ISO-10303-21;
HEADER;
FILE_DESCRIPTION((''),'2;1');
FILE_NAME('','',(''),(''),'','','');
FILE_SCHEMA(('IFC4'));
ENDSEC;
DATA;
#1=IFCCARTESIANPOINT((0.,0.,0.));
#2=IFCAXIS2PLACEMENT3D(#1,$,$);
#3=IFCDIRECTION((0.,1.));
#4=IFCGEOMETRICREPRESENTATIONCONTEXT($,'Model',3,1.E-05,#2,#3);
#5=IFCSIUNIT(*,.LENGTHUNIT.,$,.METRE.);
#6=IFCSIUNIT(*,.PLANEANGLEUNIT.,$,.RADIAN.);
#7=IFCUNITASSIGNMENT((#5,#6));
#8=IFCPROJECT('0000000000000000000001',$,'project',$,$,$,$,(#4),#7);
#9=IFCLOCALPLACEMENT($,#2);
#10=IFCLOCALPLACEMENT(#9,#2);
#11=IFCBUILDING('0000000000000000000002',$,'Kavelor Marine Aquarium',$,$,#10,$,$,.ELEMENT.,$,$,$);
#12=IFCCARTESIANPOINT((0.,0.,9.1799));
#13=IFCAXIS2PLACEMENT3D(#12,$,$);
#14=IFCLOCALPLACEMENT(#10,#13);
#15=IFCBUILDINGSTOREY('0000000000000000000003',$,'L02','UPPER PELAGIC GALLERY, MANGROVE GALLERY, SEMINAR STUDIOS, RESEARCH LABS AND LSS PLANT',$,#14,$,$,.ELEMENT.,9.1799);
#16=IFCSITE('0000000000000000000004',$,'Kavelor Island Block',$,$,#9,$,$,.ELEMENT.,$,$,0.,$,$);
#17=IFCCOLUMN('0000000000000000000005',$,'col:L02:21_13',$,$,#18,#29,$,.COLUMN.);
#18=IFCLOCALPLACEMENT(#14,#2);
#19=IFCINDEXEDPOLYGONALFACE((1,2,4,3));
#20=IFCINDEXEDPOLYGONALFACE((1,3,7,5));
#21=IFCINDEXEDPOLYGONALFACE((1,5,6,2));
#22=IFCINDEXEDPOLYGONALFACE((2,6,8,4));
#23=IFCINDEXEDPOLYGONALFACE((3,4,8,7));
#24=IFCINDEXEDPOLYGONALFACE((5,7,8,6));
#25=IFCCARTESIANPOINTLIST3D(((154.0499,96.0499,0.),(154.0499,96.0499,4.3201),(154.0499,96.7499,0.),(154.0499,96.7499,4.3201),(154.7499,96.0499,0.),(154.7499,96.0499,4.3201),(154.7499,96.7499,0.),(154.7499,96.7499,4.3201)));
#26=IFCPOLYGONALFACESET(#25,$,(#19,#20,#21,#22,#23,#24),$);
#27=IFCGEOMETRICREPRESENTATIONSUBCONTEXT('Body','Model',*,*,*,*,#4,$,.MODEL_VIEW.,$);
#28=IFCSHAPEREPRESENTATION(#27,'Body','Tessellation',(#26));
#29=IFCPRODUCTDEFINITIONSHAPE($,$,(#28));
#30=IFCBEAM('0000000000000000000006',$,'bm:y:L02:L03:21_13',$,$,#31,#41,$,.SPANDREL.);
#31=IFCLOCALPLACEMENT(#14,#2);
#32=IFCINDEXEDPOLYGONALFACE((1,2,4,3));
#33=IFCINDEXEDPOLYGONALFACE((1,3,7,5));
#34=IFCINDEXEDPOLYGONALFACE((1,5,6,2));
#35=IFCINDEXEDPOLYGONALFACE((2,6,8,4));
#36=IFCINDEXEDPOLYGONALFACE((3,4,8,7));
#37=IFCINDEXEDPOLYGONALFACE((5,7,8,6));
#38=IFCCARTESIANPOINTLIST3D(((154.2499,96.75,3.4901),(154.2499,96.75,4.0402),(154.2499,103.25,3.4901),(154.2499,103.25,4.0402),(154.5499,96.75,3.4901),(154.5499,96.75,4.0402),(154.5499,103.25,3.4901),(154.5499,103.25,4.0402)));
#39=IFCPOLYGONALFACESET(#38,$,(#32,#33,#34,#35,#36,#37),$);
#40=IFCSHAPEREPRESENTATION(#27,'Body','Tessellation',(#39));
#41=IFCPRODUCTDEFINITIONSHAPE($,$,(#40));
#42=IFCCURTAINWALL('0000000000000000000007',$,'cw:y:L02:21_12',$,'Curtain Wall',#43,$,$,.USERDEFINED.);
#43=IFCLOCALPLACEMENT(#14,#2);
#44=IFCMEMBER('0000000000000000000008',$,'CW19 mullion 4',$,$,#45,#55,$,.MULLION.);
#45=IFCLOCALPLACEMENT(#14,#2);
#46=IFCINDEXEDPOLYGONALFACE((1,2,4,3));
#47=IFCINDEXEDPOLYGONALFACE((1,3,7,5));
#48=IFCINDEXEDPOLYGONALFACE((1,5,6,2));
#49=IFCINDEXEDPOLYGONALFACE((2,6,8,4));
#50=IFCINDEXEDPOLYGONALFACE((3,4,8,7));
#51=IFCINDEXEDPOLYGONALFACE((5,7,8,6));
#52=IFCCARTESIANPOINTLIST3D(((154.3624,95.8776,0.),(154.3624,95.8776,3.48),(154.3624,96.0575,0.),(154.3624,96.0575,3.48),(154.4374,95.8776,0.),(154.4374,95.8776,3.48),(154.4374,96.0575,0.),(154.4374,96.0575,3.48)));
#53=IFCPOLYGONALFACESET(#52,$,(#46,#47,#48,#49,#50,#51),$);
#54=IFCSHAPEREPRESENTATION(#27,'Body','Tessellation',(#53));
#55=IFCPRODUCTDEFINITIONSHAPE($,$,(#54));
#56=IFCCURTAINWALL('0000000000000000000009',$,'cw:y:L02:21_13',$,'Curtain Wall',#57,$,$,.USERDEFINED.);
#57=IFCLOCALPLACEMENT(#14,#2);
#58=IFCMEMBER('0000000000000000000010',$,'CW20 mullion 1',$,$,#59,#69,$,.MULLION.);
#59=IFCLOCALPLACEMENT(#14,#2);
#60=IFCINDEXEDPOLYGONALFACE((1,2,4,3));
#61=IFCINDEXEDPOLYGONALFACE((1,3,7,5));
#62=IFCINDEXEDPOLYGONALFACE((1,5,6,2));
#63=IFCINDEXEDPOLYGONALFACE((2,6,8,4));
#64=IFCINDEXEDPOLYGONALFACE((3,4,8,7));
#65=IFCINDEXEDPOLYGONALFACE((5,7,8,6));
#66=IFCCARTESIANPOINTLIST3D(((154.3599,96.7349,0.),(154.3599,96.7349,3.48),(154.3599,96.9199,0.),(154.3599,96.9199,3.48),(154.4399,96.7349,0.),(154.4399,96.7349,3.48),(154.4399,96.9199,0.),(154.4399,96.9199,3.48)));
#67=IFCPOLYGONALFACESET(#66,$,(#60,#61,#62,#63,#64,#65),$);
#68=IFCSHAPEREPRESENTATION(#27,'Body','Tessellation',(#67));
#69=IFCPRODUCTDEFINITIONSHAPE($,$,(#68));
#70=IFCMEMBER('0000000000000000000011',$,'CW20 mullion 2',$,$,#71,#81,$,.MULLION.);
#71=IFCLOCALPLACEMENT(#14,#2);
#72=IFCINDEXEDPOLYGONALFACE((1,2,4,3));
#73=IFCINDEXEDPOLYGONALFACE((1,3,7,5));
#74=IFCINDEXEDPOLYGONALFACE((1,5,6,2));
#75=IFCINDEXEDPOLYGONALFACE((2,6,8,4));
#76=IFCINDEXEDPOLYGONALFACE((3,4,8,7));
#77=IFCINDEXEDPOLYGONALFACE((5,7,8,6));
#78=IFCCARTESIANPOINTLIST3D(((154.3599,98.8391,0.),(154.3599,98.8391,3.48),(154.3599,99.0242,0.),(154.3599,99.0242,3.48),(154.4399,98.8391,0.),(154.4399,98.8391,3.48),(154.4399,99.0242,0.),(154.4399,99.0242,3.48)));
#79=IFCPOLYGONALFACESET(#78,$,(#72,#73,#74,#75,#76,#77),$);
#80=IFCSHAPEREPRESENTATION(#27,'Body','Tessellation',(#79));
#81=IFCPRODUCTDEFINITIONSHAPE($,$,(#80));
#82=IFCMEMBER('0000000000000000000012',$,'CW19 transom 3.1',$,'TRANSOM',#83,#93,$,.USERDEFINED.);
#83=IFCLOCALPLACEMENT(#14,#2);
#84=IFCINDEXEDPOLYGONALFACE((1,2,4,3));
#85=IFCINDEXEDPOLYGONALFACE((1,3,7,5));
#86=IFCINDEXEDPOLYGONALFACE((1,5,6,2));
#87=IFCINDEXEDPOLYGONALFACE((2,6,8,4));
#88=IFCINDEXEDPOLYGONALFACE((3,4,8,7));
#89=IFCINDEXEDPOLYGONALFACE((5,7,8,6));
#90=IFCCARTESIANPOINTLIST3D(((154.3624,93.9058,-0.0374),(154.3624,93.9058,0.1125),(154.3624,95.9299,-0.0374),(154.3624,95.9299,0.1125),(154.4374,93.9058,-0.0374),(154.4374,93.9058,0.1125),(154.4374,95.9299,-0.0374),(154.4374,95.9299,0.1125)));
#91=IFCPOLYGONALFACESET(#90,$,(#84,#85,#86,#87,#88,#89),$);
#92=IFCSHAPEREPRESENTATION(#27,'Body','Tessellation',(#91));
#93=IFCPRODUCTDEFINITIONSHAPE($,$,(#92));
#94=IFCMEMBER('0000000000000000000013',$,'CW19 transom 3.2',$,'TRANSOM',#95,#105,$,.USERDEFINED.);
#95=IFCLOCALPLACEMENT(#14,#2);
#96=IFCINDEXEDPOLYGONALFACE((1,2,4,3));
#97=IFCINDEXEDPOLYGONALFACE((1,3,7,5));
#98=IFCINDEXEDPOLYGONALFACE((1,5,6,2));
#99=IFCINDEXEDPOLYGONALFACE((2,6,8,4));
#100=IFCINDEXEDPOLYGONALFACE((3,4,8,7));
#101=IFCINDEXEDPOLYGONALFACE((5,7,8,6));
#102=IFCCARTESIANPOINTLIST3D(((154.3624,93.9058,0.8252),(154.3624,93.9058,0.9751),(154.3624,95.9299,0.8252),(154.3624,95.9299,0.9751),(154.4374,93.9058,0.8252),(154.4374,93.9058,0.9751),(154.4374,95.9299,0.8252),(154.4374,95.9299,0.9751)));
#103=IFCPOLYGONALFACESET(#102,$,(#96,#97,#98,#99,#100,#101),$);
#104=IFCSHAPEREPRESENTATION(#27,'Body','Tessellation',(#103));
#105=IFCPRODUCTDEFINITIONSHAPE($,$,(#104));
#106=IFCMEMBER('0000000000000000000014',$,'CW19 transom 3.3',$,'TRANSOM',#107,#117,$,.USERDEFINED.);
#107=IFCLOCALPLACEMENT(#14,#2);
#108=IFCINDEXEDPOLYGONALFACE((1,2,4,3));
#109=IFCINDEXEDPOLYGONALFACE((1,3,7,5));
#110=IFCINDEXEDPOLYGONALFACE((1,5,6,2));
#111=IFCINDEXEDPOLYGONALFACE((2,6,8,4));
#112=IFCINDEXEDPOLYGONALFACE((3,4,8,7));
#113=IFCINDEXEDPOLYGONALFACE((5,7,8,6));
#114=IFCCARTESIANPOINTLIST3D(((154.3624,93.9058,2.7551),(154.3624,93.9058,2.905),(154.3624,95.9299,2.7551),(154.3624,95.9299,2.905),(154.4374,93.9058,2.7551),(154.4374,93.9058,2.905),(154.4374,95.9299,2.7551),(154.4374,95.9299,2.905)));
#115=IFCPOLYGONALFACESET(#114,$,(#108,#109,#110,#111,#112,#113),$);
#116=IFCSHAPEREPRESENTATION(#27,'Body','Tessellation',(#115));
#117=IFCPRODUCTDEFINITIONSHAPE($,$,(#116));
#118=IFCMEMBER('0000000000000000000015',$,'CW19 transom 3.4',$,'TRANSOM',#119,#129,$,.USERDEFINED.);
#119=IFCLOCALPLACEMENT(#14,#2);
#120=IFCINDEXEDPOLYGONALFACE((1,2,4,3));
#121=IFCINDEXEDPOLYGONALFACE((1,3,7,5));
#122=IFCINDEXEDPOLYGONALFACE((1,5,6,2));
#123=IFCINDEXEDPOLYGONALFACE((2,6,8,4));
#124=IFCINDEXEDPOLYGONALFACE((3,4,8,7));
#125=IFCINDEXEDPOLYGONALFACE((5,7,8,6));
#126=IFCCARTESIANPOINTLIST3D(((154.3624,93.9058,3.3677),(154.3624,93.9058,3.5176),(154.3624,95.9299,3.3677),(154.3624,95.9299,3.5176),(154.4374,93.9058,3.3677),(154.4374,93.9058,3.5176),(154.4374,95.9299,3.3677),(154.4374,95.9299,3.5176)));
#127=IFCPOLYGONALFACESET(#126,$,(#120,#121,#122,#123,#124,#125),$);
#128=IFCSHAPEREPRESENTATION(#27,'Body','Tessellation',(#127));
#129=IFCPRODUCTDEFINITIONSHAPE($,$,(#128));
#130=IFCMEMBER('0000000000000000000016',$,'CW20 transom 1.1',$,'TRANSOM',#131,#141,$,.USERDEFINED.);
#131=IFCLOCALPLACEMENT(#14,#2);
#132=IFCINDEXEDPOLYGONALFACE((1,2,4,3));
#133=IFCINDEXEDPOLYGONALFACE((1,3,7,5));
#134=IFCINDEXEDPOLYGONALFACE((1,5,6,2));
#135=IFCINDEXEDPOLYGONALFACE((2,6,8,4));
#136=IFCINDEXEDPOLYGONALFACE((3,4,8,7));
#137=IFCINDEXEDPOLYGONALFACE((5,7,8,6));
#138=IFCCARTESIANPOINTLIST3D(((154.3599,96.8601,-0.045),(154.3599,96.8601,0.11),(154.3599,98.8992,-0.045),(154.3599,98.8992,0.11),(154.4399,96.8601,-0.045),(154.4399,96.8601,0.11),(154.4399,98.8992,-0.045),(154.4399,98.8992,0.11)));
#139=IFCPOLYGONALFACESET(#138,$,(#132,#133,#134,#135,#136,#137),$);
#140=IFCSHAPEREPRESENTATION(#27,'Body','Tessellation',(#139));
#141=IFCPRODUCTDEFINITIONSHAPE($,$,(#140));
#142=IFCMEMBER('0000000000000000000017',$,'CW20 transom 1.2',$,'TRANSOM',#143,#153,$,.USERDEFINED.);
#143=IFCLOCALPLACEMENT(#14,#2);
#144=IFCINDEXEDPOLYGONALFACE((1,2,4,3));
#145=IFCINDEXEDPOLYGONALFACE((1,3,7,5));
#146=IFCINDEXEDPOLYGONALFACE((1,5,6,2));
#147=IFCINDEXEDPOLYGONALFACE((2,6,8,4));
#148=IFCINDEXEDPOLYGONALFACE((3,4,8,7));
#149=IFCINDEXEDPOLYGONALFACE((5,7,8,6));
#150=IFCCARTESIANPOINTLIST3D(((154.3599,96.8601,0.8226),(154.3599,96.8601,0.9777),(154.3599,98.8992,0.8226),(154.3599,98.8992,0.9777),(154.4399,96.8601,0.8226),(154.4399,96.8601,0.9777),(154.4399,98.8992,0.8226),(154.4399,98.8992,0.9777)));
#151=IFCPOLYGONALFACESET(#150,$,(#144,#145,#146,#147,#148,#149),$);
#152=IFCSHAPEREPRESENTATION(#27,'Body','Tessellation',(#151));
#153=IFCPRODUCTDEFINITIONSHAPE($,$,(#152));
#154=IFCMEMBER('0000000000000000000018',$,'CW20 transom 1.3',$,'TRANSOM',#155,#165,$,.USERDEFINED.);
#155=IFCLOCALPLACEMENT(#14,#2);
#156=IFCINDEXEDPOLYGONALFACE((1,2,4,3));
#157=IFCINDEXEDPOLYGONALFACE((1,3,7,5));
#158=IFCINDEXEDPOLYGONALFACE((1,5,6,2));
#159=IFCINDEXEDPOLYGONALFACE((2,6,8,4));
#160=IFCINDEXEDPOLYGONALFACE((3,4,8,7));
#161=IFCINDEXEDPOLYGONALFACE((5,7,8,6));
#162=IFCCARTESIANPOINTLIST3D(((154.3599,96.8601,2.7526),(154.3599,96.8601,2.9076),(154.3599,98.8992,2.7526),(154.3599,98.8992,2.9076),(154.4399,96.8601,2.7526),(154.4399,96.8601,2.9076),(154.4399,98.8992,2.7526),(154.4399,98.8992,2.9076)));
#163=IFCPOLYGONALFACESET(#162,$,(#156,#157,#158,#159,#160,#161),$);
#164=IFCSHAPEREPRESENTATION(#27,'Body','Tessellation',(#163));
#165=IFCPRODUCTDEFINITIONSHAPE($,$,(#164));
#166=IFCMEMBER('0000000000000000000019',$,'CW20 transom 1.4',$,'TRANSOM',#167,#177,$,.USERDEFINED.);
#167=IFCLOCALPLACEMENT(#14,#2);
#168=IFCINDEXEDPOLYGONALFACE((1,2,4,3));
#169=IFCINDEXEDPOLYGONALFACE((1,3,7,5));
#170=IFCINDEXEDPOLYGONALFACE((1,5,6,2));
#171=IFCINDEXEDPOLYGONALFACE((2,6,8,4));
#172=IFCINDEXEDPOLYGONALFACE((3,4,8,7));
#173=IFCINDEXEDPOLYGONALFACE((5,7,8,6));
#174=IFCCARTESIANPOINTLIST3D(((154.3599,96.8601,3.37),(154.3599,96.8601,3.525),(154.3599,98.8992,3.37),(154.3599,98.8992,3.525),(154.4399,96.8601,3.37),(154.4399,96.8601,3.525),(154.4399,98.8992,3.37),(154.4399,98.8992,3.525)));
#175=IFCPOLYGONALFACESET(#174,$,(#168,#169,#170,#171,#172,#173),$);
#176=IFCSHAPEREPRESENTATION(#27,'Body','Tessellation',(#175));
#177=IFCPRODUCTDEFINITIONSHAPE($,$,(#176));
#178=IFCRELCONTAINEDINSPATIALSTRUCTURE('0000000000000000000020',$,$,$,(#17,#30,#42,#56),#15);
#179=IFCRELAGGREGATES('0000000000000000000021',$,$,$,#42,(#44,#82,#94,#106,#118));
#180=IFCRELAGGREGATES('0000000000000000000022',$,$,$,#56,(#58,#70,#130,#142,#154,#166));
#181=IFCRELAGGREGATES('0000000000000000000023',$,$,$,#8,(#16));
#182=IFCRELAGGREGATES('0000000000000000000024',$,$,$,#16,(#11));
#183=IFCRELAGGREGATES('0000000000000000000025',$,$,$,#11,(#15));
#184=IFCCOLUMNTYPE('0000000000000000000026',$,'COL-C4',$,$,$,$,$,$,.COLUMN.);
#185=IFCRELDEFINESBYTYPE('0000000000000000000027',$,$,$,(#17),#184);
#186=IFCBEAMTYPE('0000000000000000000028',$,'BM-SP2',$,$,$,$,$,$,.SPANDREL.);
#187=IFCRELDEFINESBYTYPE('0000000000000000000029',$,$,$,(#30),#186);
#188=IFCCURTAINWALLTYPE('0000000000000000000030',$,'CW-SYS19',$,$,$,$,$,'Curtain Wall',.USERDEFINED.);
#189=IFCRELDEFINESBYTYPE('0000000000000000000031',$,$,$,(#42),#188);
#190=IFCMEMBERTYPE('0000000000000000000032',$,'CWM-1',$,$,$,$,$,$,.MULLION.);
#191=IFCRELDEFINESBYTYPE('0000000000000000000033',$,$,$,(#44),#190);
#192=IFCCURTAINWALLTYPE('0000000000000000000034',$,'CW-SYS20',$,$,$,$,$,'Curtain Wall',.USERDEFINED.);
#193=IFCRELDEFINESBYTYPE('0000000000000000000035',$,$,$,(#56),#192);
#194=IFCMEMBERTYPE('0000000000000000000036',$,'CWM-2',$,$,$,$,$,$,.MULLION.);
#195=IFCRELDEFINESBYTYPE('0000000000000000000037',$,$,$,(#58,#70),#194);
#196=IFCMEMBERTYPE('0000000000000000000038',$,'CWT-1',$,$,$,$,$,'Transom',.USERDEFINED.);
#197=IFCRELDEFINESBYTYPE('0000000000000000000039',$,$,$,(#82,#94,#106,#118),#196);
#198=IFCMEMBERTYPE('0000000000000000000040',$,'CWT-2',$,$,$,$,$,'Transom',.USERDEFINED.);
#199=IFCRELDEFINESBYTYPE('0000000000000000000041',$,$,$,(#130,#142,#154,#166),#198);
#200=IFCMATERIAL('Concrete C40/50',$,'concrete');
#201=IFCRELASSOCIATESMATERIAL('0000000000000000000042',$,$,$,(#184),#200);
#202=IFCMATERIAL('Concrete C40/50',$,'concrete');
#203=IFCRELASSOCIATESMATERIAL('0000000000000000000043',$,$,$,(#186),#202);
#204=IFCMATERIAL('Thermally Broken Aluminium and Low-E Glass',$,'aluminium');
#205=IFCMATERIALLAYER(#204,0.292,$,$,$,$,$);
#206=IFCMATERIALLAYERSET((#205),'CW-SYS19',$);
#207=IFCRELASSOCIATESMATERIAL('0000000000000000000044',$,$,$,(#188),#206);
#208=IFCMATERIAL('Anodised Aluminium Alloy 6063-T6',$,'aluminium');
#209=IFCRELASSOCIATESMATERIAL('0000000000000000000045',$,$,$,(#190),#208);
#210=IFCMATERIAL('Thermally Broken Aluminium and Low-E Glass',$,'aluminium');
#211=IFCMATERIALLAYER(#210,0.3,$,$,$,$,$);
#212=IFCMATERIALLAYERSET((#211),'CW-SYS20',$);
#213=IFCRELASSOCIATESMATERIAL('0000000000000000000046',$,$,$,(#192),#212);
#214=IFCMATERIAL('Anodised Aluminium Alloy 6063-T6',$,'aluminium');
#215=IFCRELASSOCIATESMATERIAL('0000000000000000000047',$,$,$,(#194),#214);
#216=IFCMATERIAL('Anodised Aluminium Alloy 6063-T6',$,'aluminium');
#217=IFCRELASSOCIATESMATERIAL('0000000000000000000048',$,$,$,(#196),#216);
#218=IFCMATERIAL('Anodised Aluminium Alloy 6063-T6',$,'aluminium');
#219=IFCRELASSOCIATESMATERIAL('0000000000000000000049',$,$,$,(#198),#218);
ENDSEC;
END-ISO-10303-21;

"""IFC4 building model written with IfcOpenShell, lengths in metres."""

from ifc_helpers import new_model, si_unit, direction, frame, origin, origin_2d, place, context, subcontext, project, spatial, rectangle, extrude, material, layer, layer_set, material_profile, profile_set, type_object, element, aggregate, save


model = new_model("IFC4")

# Units and contexts
model_context = context("Model", 3, precision=1e-05, world=origin(), true_north=direction((0.0, 1.0)))
body_context = subcontext(model_context, "Body", "Model", "MODEL_VIEW")
ifc_project = project(units=[si_unit("LENGTHUNIT", "METRE"), si_unit("PLANEANGLEUNIT", "RADIAN")], contexts=[model_context])

# Site, building, storey
site_placement = place(None, origin())
site = spatial("IfcSite", under=ifc_project, at=site_placement, Name="Kavelor Island Block", CompositionType="ELEMENT", RefElevation=0.0)
building_placement = place(site_placement, origin())
building = spatial("IfcBuilding", under=site, at=building_placement, Name="Kavelor Marine Aquarium", CompositionType="ELEMENT")
storey_placement = place(building_placement, frame((0.0, 0.0, 9.1799)))
storey = spatial("IfcBuildingStorey", under=building, at=storey_placement, Name="L02", Description="UPPER PELAGIC GALLERY, MANGROVE GALLERY, SEMINAR STUDIOS, RESEARCH LABS AND LSS PLANT", CompositionType="ELEMENT", Elevation=9.1799)

# Column
ifc_material_1 = material(Name="Concrete C40/50", Category="concrete")
ifc_material_profile_1 = material_profile(ifc_material_1, rectangle(XDim=0.7, YDim=0.7, at=origin_2d()), Name="RC-COL 700x700")
ifc_profile_set_1 = profile_set([ifc_material_profile_1], Name="Concrete C40/50")
column_type = type_object("IfcColumnType", Name="COL-C4", PredefinedType="COLUMN", material=ifc_profile_set_1)
column_placement = place(storey_placement, frame((154.3999, 96.3999, 0.0), z_axis=(0.0, 0.0, 1.0), x_axis=(1.0, 0.0, 0.0)))
element("IfcColumn", 1, at=column_placement, inside=storey, type_object=column_type, Name="col:L02:21_13", PredefinedType="COLUMN", context=body_context, shape_type="SweptSolid", body=[
    extrude(rectangle(XDim=0.7, YDim=0.7, at=origin_2d()), origin(), (0.0, 0.0, 1.0), 4.3201),
])

# Beam
ifc_material_2 = material(Name="Concrete C40/50", Category="concrete")
ifc_material_profile_2 = material_profile(ifc_material_2, rectangle(XDim=0.3, YDim=0.55, at=origin_2d()), Name="RC-SP 300x550")
ifc_profile_set_2 = profile_set([ifc_material_profile_2], Name="Concrete C40/50")
beam_type = type_object("IfcBeamType", Name="BM-SP2", PredefinedType="SPANDREL", material=ifc_profile_set_2)
beam_placement = place(storey_placement, frame((154.3999, 96.75, 3.7651), z_axis=(0.0, 1.0, 0.0), x_axis=(-1.0, 0.0, 0.0)))
element("IfcBeam", 2, at=beam_placement, inside=storey, type_object=beam_type, Name="bm:y:L02:L03:21_13", PredefinedType="SPANDREL", context=body_context, shape_type="SweptSolid", body=[
    extrude(rectangle(XDim=0.3, YDim=0.55, at=origin_2d()), origin(), (0.0, 0.0, 1.0), 6.5),
])

# Curtain wall, member
ifc_material_3 = material(Name="Thermally Broken Aluminium and Low-E Glass", Category="aluminium")
ifc_layer_1 = layer(ifc_material_3, 0.292)
ifc_layer_set_1 = layer_set([ifc_layer_1], Name="CW-SYS19")
curtain_wall_type_1 = type_object("IfcCurtainWallType", Name="CW-SYS19", ElementType="Curtain Wall", PredefinedType="USERDEFINED", material=ifc_layer_set_1)
curtain_wall_1_placement = place(storey_placement, origin())
curtain_wall_1 = element("IfcCurtainWall", 3, at=curtain_wall_1_placement, inside=storey, type_object=curtain_wall_type_1, Name="cw:y:L02:21_12", ObjectType="Curtain Wall", PredefinedType="USERDEFINED")
ifc_material_4 = material(Name="Anodised Aluminium Alloy 6063-T6", Category="aluminium")
ifc_material_profile_3 = material_profile(ifc_material_4, rectangle(XDim=0.075, YDim=0.1799, at=origin_2d()), Name="CW-MUL 75x180")
ifc_profile_set_3 = profile_set([ifc_material_profile_3], Name="Anodised Aluminium Alloy 6063-T6")
member_type_1 = type_object("IfcMemberType", Name="CWM-1", PredefinedType="MULLION", material=ifc_profile_set_3)
member_1_placement = place(storey_placement, frame((154.3999, 95.9675, 0.0), z_axis=(0.0, 0.0, 1.0), x_axis=(-1.0, 0.0, 0.0)))
member_1 = element("IfcMember", 4, at=member_1_placement, type_object=member_type_1, Name="CW19 mullion 4", PredefinedType="MULLION", context=body_context, shape_type="SweptSolid", body=[
    extrude(rectangle(XDim=0.075, YDim=0.1799, at=origin_2d()), origin(), (0.0, 0.0, 1.0), 3.48),
])

# Curtain wall, members
ifc_material_5 = material(Name="Thermally Broken Aluminium and Low-E Glass", Category="aluminium")
ifc_layer_2 = layer(ifc_material_5, 0.3)
ifc_layer_set_2 = layer_set([ifc_layer_2], Name="CW-SYS20")
curtain_wall_type_2 = type_object("IfcCurtainWallType", Name="CW-SYS20", ElementType="Curtain Wall", PredefinedType="USERDEFINED", material=ifc_layer_set_2)
curtain_wall_2_placement = place(storey_placement, origin())
curtain_wall_2 = element("IfcCurtainWall", 5, at=curtain_wall_2_placement, inside=storey, type_object=curtain_wall_type_2, Name="cw:y:L02:21_13", ObjectType="Curtain Wall", PredefinedType="USERDEFINED")
ifc_material_6 = material(Name="Anodised Aluminium Alloy 6063-T6", Category="aluminium")
ifc_material_profile_4 = material_profile(ifc_material_6, rectangle(XDim=0.0801, YDim=0.1851, at=origin_2d()), Name="CW-MUL 80x185")
ifc_profile_set_4 = profile_set([ifc_material_profile_4], Name="Anodised Aluminium Alloy 6063-T6")
member_type_2 = type_object("IfcMemberType", Name="CWM-2", PredefinedType="MULLION", material=ifc_profile_set_4)
member_2_placement = place(storey_placement, frame((154.3999, 96.8274, 0.0), z_axis=(0.0, 0.0, 1.0), x_axis=(-1.0, 0.0, 0.0)))
member_2 = element("IfcMember", 6, at=member_2_placement, type_object=member_type_2, Name="CW20 mullion 1", PredefinedType="MULLION", context=body_context, shape_type="SweptSolid", body=[
    extrude(rectangle(XDim=0.0801, YDim=0.1851, at=origin_2d()), origin(), (0.0, 0.0, 1.0), 3.48),
])
member_3_placement = place(storey_placement, frame((154.3999, 98.9316, 0.0), z_axis=(0.0, 0.0, 1.0), x_axis=(-1.0, 0.0, 0.0)))
member_3 = element("IfcMember", 7, at=member_3_placement, type_object=member_type_2, Name="CW20 mullion 2", PredefinedType="MULLION", context=body_context, shape_type="SweptSolid", body=[
    extrude(rectangle(XDim=0.0801, YDim=0.1851, at=origin_2d()), origin(), (0.0, 0.0, 1.0), 3.48),
])

# Members
ifc_material_7 = material(Name="Anodised Aluminium Alloy 6063-T6", Category="aluminium")
ifc_material_profile_5 = material_profile(ifc_material_7, rectangle(XDim=0.075, YDim=0.1499, at=origin_2d()), Name="CW-TRN 75x150")
ifc_profile_set_5 = profile_set([ifc_material_profile_5], Name="Anodised Aluminium Alloy 6063-T6")
member_type_3 = type_object("IfcMemberType", Name="CWT-1", ElementType="Transom", PredefinedType="USERDEFINED", material=ifc_profile_set_5)
member_4_placement = place(storey_placement, frame((154.3999, 93.9058, 0.0376), z_axis=(0.0, 1.0, 0.0), x_axis=(-1.0, 0.0, 0.0)))
member_4 = element("IfcMember", 8, at=member_4_placement, type_object=member_type_3, Name="CW19 transom 3.1", ObjectType="TRANSOM", PredefinedType="USERDEFINED", context=body_context, shape_type="SweptSolid", body=[
    extrude(rectangle(XDim=0.075, YDim=0.1499, at=origin_2d()), origin(), (0.0, 0.0, 1.0), 2.0242),
])
member_5_placement = place(storey_placement, frame((154.3999, 93.9058, 0.9001), z_axis=(0.0, 1.0, 0.0), x_axis=(-1.0, 0.0, 0.0)))
member_5 = element("IfcMember", 9, at=member_5_placement, type_object=member_type_3, Name="CW19 transom 3.2", ObjectType="TRANSOM", PredefinedType="USERDEFINED", context=body_context, shape_type="SweptSolid", body=[
    extrude(rectangle(XDim=0.075, YDim=0.1499, at=origin_2d()), origin(), (0.0, 0.0, 1.0), 2.0242),
])
member_6_placement = place(storey_placement, frame((154.3999, 93.9058, 2.8301), z_axis=(0.0, 1.0, 0.0), x_axis=(-1.0, 0.0, 0.0)))
member_6 = element("IfcMember", 10, at=member_6_placement, type_object=member_type_3, Name="CW19 transom 3.3", ObjectType="TRANSOM", PredefinedType="USERDEFINED", context=body_context, shape_type="SweptSolid", body=[
    extrude(rectangle(XDim=0.075, YDim=0.1499, at=origin_2d()), origin(), (0.0, 0.0, 1.0), 2.0242),
])
member_7_placement = place(storey_placement, frame((154.3999, 93.9058, 3.4426), z_axis=(0.0, 1.0, 0.0), x_axis=(-1.0, 0.0, 0.0)))
member_7 = element("IfcMember", 11, at=member_7_placement, type_object=member_type_3, Name="CW19 transom 3.4", ObjectType="TRANSOM", PredefinedType="USERDEFINED", context=body_context, shape_type="SweptSolid", body=[
    extrude(rectangle(XDim=0.075, YDim=0.1499, at=origin_2d()), origin(), (0.0, 0.0, 1.0), 2.0242),
])
ifc_material_8 = material(Name="Anodised Aluminium Alloy 6063-T6", Category="aluminium")
ifc_material_profile_6 = material_profile(ifc_material_8, rectangle(XDim=0.0801, YDim=0.155, at=origin_2d()), Name="CW-TRN 80x155")
ifc_profile_set_6 = profile_set([ifc_material_profile_6], Name="Anodised Aluminium Alloy 6063-T6")
member_type_4 = type_object("IfcMemberType", Name="CWT-2", ElementType="Transom", PredefinedType="USERDEFINED", material=ifc_profile_set_6)
member_8_placement = place(storey_placement, frame((154.3999, 96.8601, 0.0325), z_axis=(0.0, 1.0, 0.0), x_axis=(-1.0, 0.0, 0.0)))
member_8 = element("IfcMember", 12, at=member_8_placement, type_object=member_type_4, Name="CW20 transom 1.1", ObjectType="TRANSOM", PredefinedType="USERDEFINED", context=body_context, shape_type="SweptSolid", body=[
    extrude(rectangle(XDim=0.0801, YDim=0.155, at=origin_2d()), origin(), (0.0, 0.0, 1.0), 2.0391),
])
member_9_placement = place(storey_placement, frame((154.3999, 96.8601, 0.9001), z_axis=(0.0, 1.0, 0.0), x_axis=(-1.0, 0.0, 0.0)))
member_9 = element("IfcMember", 13, at=member_9_placement, type_object=member_type_4, Name="CW20 transom 1.2", ObjectType="TRANSOM", PredefinedType="USERDEFINED", context=body_context, shape_type="SweptSolid", body=[
    extrude(rectangle(XDim=0.0801, YDim=0.155, at=origin_2d()), origin(), (0.0, 0.0, 1.0), 2.0391),
])
member_10_placement = place(storey_placement, frame((154.3999, 96.8601, 2.8301), z_axis=(0.0, 1.0, 0.0), x_axis=(-1.0, 0.0, 0.0)))
member_10 = element("IfcMember", 14, at=member_10_placement, type_object=member_type_4, Name="CW20 transom 1.3", ObjectType="TRANSOM", PredefinedType="USERDEFINED", context=body_context, shape_type="SweptSolid", body=[
    extrude(rectangle(XDim=0.0801, YDim=0.155, at=origin_2d()), origin(), (0.0, 0.0, 1.0), 2.0391),
])
member_11_placement = place(storey_placement, frame((154.3999, 96.8601, 3.4475), z_axis=(0.0, 1.0, 0.0), x_axis=(-1.0, 0.0, 0.0)))
member_11 = element("IfcMember", 15, at=member_11_placement, type_object=member_type_4, Name="CW20 transom 1.4", ObjectType="TRANSOM", PredefinedType="USERDEFINED", context=body_context, shape_type="SweptSolid", body=[
    extrude(rectangle(XDim=0.0801, YDim=0.155, at=origin_2d()), origin(), (0.0, 0.0, 1.0), 2.0391),
])

aggregate(curtain_wall_1, [member_1, member_4, member_5, member_6, member_7])
aggregate(curtain_wall_2, [member_2, member_3, member_8, member_9, member_10, member_11])

save(model, "model.ifc")
